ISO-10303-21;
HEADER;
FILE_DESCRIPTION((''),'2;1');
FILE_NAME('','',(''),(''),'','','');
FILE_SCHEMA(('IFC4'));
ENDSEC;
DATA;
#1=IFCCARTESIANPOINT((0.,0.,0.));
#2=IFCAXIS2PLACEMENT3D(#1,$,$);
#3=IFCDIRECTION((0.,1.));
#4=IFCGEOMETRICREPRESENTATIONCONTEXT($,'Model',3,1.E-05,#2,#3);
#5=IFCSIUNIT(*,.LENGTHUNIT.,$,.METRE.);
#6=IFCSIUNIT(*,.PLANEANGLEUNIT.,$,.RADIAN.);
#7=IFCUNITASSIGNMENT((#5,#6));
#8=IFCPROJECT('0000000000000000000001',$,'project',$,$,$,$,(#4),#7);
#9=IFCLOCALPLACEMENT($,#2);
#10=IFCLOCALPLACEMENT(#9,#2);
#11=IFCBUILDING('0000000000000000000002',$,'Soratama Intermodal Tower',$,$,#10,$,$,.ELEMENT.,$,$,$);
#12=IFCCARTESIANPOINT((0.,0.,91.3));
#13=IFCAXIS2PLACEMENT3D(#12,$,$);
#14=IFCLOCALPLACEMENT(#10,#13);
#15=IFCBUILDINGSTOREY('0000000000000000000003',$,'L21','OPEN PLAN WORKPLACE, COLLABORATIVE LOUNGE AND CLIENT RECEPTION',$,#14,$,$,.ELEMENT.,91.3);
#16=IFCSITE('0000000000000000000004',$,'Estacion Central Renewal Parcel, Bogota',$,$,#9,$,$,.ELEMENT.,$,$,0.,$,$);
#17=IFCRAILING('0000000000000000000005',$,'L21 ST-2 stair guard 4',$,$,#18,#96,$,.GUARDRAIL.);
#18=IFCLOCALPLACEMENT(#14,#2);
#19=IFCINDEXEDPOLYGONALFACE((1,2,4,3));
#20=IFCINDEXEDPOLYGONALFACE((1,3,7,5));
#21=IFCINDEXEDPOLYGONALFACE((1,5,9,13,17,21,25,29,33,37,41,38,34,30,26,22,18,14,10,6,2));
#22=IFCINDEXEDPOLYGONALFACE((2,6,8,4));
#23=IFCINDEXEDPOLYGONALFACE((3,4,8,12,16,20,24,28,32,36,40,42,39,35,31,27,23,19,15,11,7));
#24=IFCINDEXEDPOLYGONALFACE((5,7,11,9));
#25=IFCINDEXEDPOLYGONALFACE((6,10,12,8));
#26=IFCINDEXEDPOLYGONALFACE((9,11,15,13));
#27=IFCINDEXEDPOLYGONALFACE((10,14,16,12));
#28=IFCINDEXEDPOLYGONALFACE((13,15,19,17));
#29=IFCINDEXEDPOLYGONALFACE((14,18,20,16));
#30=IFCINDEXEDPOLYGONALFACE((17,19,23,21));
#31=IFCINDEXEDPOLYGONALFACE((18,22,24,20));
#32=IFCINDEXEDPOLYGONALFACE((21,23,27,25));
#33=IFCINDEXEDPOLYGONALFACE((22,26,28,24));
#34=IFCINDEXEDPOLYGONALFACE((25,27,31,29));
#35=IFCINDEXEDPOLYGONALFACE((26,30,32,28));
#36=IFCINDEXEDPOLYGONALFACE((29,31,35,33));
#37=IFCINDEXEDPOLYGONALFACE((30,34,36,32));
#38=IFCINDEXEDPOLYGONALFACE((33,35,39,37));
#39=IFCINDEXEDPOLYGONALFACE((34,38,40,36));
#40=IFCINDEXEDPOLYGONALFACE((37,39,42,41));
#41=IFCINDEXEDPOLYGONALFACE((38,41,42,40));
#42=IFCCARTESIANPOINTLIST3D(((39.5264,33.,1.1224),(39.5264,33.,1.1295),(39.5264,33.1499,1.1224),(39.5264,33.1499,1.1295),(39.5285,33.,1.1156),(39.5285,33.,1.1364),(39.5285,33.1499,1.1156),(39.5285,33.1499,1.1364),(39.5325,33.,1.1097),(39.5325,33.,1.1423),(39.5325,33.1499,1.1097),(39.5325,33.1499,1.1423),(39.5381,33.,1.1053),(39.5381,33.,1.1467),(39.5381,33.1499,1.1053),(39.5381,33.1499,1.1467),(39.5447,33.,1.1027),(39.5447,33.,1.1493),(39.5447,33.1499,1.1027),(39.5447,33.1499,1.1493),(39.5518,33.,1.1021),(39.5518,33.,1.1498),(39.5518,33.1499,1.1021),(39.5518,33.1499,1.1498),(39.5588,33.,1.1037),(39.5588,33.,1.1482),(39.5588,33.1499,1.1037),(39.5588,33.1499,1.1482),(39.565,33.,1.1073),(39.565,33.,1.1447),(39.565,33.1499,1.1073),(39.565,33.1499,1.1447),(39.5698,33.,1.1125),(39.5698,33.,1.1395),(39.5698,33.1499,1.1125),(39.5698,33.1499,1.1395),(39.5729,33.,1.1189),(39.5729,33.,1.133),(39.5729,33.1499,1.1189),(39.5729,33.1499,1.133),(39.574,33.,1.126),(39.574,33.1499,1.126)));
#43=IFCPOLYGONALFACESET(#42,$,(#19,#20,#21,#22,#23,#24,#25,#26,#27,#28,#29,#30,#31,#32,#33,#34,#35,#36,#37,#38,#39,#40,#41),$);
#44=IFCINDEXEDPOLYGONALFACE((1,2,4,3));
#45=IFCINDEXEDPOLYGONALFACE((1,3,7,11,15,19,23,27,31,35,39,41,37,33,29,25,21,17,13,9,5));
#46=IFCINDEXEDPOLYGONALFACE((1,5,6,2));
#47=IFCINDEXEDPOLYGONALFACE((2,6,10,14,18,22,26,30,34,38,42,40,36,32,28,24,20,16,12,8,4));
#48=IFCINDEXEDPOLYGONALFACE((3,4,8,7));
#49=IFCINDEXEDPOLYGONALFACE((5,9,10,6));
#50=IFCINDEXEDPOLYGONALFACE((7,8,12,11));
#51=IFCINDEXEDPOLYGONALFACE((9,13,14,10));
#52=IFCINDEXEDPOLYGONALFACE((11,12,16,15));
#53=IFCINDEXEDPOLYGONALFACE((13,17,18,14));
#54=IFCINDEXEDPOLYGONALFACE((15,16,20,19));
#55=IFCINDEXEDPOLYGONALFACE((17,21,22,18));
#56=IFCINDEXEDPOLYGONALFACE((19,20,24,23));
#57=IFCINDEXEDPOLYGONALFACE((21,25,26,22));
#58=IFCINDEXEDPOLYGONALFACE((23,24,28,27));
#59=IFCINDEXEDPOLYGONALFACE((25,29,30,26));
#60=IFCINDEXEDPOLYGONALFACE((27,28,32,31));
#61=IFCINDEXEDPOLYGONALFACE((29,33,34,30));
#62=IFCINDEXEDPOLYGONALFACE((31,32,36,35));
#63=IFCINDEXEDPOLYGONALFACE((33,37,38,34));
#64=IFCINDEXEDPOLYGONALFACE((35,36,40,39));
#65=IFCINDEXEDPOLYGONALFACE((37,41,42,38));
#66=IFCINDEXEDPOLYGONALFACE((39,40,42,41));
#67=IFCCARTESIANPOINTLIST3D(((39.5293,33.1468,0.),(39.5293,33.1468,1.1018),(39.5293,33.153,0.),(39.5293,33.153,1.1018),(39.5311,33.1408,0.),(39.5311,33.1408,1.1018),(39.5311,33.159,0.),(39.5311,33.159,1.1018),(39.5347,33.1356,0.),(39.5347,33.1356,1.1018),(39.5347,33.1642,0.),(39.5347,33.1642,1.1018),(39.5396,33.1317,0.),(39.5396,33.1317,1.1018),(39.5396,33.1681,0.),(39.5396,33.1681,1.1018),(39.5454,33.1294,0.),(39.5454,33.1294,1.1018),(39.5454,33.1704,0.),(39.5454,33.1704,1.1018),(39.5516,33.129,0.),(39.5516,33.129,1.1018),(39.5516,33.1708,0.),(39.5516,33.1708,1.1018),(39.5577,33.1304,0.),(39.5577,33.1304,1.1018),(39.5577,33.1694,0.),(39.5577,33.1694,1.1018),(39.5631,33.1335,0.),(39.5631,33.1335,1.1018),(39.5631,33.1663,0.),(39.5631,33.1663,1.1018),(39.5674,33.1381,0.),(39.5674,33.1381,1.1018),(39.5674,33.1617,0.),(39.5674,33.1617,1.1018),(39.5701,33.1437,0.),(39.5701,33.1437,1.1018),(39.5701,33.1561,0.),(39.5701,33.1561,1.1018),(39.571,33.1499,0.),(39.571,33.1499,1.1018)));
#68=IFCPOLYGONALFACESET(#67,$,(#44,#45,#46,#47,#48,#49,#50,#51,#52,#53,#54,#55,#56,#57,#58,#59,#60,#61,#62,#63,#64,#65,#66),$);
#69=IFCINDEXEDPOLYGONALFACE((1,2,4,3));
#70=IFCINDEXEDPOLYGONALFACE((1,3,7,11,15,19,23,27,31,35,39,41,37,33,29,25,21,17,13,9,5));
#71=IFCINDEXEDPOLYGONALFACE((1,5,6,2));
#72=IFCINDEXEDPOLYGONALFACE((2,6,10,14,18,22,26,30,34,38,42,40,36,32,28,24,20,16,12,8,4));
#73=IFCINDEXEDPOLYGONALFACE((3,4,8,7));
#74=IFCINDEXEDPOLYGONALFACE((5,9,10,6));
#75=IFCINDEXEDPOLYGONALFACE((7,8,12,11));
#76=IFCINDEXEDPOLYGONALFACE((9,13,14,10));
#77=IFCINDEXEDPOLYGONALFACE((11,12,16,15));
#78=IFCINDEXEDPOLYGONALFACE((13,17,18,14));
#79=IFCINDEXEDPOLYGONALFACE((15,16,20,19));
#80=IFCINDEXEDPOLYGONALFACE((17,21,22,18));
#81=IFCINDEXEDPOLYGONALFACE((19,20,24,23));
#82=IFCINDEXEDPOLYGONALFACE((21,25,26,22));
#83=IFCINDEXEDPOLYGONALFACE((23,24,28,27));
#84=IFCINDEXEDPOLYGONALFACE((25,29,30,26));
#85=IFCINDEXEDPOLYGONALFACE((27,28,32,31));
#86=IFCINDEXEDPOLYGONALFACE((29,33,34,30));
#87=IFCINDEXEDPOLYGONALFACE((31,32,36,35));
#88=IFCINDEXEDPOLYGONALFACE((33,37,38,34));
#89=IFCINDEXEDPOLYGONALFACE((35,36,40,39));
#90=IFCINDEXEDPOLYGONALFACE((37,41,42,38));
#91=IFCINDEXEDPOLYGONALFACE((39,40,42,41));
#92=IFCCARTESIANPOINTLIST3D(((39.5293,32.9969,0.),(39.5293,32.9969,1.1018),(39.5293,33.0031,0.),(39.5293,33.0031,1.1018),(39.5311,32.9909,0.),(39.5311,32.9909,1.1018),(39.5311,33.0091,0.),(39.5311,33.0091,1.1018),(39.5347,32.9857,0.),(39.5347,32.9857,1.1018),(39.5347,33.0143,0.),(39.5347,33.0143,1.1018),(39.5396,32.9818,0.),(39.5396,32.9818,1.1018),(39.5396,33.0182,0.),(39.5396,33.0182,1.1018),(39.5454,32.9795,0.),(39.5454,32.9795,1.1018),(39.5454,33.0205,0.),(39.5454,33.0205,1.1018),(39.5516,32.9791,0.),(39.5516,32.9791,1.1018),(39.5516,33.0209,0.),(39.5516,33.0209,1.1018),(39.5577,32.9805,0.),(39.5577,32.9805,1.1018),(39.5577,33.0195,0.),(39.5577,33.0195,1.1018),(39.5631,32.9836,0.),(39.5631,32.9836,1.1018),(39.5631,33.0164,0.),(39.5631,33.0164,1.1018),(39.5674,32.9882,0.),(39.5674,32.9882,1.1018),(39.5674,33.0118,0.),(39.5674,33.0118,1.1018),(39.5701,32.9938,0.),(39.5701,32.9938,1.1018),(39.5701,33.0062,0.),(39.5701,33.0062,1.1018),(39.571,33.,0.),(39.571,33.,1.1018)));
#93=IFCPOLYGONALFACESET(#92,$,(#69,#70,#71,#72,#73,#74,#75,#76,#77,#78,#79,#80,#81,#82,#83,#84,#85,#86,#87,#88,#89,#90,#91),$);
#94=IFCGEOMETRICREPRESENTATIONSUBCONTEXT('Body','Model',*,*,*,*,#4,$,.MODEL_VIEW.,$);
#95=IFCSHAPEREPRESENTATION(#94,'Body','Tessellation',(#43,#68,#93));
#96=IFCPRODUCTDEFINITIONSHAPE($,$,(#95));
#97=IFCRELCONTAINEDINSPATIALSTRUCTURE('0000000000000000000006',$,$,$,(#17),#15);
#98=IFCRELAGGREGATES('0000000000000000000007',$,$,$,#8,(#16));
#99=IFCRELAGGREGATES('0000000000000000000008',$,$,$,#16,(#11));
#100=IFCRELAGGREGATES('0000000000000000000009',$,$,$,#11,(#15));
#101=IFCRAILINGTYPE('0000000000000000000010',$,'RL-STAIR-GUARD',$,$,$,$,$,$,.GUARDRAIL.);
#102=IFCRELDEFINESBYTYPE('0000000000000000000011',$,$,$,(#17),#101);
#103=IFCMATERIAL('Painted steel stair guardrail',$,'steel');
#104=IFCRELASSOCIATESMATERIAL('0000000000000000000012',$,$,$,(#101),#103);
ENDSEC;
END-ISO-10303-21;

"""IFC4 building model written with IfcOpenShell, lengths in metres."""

from ifc_helpers import new_model, si_unit, direction, frame, origin, origin_2d, place, context, subcontext, project, spatial, circle, extrude, material, type_object, element, save


model = new_model("IFC4")

# Units and contexts
model_context = context("Model", 3, precision=1e-05, world=origin(), true_north=direction((0.0, 1.0)))
body_context = subcontext(model_context, "Body", "Model", "MODEL_VIEW")
ifc_project = project(units=[si_unit("LENGTHUNIT", "METRE"), si_unit("PLANEANGLEUNIT", "RADIAN")], contexts=[model_context])

# Site, building, storey
site_placement = place(None, origin())
site = spatial("IfcSite", under=ifc_project, at=site_placement, Name="Estacion Central Renewal Parcel, Bogota", CompositionType="ELEMENT", RefElevation=0.0)
building_placement = place(site_placement, origin())
building = spatial("IfcBuilding", under=site, at=building_placement, Name="Soratama Intermodal Tower", CompositionType="ELEMENT")
storey_placement = place(building_placement, frame((0.0, 0.0, 91.3)))
storey = spatial("IfcBuildingStorey", under=building, at=storey_placement, Name="L21", Description="OPEN PLAN WORKPLACE, COLLABORATIVE LOUNGE AND CLIENT RECEPTION", CompositionType="ELEMENT", Elevation=91.3)

# Railing
ifc_material_1 = material(Name="Painted steel stair guardrail", Category="steel")
railing_type = type_object("IfcRailingType", Name="RL-STAIR-GUARD", PredefinedType="GUARDRAIL", material=ifc_material_1)
railing_placement = place(storey_placement, frame((39.55, 33.1499, 0.0)))
element("IfcRailing", 1, at=railing_placement, inside=storey, type_object=railing_type, Name="L21 ST-2 stair guard 4", PredefinedType="GUARDRAIL", context=body_context, shape_type="SweptSolid", body=[
    extrude(circle(Radius=0.0239, at=origin_2d()), frame((0.0, 0.0, 1.126), z_axis=(0.0, -1.0, 0.0), x_axis=(1.0, 0.0, 0.0)), (0.0, 0.0, 1.0), 0.1499),
    extrude(circle(Radius=0.021, at=origin_2d()), origin(), (0.0, 0.0, 1.0), 1.1018),
    extrude(circle(Radius=0.021, at=origin_2d()), frame((0.0, -0.1499, 0.0)), (0.0, 0.0, 1.0), 1.1018),
])

save(model, "model.ifc")
